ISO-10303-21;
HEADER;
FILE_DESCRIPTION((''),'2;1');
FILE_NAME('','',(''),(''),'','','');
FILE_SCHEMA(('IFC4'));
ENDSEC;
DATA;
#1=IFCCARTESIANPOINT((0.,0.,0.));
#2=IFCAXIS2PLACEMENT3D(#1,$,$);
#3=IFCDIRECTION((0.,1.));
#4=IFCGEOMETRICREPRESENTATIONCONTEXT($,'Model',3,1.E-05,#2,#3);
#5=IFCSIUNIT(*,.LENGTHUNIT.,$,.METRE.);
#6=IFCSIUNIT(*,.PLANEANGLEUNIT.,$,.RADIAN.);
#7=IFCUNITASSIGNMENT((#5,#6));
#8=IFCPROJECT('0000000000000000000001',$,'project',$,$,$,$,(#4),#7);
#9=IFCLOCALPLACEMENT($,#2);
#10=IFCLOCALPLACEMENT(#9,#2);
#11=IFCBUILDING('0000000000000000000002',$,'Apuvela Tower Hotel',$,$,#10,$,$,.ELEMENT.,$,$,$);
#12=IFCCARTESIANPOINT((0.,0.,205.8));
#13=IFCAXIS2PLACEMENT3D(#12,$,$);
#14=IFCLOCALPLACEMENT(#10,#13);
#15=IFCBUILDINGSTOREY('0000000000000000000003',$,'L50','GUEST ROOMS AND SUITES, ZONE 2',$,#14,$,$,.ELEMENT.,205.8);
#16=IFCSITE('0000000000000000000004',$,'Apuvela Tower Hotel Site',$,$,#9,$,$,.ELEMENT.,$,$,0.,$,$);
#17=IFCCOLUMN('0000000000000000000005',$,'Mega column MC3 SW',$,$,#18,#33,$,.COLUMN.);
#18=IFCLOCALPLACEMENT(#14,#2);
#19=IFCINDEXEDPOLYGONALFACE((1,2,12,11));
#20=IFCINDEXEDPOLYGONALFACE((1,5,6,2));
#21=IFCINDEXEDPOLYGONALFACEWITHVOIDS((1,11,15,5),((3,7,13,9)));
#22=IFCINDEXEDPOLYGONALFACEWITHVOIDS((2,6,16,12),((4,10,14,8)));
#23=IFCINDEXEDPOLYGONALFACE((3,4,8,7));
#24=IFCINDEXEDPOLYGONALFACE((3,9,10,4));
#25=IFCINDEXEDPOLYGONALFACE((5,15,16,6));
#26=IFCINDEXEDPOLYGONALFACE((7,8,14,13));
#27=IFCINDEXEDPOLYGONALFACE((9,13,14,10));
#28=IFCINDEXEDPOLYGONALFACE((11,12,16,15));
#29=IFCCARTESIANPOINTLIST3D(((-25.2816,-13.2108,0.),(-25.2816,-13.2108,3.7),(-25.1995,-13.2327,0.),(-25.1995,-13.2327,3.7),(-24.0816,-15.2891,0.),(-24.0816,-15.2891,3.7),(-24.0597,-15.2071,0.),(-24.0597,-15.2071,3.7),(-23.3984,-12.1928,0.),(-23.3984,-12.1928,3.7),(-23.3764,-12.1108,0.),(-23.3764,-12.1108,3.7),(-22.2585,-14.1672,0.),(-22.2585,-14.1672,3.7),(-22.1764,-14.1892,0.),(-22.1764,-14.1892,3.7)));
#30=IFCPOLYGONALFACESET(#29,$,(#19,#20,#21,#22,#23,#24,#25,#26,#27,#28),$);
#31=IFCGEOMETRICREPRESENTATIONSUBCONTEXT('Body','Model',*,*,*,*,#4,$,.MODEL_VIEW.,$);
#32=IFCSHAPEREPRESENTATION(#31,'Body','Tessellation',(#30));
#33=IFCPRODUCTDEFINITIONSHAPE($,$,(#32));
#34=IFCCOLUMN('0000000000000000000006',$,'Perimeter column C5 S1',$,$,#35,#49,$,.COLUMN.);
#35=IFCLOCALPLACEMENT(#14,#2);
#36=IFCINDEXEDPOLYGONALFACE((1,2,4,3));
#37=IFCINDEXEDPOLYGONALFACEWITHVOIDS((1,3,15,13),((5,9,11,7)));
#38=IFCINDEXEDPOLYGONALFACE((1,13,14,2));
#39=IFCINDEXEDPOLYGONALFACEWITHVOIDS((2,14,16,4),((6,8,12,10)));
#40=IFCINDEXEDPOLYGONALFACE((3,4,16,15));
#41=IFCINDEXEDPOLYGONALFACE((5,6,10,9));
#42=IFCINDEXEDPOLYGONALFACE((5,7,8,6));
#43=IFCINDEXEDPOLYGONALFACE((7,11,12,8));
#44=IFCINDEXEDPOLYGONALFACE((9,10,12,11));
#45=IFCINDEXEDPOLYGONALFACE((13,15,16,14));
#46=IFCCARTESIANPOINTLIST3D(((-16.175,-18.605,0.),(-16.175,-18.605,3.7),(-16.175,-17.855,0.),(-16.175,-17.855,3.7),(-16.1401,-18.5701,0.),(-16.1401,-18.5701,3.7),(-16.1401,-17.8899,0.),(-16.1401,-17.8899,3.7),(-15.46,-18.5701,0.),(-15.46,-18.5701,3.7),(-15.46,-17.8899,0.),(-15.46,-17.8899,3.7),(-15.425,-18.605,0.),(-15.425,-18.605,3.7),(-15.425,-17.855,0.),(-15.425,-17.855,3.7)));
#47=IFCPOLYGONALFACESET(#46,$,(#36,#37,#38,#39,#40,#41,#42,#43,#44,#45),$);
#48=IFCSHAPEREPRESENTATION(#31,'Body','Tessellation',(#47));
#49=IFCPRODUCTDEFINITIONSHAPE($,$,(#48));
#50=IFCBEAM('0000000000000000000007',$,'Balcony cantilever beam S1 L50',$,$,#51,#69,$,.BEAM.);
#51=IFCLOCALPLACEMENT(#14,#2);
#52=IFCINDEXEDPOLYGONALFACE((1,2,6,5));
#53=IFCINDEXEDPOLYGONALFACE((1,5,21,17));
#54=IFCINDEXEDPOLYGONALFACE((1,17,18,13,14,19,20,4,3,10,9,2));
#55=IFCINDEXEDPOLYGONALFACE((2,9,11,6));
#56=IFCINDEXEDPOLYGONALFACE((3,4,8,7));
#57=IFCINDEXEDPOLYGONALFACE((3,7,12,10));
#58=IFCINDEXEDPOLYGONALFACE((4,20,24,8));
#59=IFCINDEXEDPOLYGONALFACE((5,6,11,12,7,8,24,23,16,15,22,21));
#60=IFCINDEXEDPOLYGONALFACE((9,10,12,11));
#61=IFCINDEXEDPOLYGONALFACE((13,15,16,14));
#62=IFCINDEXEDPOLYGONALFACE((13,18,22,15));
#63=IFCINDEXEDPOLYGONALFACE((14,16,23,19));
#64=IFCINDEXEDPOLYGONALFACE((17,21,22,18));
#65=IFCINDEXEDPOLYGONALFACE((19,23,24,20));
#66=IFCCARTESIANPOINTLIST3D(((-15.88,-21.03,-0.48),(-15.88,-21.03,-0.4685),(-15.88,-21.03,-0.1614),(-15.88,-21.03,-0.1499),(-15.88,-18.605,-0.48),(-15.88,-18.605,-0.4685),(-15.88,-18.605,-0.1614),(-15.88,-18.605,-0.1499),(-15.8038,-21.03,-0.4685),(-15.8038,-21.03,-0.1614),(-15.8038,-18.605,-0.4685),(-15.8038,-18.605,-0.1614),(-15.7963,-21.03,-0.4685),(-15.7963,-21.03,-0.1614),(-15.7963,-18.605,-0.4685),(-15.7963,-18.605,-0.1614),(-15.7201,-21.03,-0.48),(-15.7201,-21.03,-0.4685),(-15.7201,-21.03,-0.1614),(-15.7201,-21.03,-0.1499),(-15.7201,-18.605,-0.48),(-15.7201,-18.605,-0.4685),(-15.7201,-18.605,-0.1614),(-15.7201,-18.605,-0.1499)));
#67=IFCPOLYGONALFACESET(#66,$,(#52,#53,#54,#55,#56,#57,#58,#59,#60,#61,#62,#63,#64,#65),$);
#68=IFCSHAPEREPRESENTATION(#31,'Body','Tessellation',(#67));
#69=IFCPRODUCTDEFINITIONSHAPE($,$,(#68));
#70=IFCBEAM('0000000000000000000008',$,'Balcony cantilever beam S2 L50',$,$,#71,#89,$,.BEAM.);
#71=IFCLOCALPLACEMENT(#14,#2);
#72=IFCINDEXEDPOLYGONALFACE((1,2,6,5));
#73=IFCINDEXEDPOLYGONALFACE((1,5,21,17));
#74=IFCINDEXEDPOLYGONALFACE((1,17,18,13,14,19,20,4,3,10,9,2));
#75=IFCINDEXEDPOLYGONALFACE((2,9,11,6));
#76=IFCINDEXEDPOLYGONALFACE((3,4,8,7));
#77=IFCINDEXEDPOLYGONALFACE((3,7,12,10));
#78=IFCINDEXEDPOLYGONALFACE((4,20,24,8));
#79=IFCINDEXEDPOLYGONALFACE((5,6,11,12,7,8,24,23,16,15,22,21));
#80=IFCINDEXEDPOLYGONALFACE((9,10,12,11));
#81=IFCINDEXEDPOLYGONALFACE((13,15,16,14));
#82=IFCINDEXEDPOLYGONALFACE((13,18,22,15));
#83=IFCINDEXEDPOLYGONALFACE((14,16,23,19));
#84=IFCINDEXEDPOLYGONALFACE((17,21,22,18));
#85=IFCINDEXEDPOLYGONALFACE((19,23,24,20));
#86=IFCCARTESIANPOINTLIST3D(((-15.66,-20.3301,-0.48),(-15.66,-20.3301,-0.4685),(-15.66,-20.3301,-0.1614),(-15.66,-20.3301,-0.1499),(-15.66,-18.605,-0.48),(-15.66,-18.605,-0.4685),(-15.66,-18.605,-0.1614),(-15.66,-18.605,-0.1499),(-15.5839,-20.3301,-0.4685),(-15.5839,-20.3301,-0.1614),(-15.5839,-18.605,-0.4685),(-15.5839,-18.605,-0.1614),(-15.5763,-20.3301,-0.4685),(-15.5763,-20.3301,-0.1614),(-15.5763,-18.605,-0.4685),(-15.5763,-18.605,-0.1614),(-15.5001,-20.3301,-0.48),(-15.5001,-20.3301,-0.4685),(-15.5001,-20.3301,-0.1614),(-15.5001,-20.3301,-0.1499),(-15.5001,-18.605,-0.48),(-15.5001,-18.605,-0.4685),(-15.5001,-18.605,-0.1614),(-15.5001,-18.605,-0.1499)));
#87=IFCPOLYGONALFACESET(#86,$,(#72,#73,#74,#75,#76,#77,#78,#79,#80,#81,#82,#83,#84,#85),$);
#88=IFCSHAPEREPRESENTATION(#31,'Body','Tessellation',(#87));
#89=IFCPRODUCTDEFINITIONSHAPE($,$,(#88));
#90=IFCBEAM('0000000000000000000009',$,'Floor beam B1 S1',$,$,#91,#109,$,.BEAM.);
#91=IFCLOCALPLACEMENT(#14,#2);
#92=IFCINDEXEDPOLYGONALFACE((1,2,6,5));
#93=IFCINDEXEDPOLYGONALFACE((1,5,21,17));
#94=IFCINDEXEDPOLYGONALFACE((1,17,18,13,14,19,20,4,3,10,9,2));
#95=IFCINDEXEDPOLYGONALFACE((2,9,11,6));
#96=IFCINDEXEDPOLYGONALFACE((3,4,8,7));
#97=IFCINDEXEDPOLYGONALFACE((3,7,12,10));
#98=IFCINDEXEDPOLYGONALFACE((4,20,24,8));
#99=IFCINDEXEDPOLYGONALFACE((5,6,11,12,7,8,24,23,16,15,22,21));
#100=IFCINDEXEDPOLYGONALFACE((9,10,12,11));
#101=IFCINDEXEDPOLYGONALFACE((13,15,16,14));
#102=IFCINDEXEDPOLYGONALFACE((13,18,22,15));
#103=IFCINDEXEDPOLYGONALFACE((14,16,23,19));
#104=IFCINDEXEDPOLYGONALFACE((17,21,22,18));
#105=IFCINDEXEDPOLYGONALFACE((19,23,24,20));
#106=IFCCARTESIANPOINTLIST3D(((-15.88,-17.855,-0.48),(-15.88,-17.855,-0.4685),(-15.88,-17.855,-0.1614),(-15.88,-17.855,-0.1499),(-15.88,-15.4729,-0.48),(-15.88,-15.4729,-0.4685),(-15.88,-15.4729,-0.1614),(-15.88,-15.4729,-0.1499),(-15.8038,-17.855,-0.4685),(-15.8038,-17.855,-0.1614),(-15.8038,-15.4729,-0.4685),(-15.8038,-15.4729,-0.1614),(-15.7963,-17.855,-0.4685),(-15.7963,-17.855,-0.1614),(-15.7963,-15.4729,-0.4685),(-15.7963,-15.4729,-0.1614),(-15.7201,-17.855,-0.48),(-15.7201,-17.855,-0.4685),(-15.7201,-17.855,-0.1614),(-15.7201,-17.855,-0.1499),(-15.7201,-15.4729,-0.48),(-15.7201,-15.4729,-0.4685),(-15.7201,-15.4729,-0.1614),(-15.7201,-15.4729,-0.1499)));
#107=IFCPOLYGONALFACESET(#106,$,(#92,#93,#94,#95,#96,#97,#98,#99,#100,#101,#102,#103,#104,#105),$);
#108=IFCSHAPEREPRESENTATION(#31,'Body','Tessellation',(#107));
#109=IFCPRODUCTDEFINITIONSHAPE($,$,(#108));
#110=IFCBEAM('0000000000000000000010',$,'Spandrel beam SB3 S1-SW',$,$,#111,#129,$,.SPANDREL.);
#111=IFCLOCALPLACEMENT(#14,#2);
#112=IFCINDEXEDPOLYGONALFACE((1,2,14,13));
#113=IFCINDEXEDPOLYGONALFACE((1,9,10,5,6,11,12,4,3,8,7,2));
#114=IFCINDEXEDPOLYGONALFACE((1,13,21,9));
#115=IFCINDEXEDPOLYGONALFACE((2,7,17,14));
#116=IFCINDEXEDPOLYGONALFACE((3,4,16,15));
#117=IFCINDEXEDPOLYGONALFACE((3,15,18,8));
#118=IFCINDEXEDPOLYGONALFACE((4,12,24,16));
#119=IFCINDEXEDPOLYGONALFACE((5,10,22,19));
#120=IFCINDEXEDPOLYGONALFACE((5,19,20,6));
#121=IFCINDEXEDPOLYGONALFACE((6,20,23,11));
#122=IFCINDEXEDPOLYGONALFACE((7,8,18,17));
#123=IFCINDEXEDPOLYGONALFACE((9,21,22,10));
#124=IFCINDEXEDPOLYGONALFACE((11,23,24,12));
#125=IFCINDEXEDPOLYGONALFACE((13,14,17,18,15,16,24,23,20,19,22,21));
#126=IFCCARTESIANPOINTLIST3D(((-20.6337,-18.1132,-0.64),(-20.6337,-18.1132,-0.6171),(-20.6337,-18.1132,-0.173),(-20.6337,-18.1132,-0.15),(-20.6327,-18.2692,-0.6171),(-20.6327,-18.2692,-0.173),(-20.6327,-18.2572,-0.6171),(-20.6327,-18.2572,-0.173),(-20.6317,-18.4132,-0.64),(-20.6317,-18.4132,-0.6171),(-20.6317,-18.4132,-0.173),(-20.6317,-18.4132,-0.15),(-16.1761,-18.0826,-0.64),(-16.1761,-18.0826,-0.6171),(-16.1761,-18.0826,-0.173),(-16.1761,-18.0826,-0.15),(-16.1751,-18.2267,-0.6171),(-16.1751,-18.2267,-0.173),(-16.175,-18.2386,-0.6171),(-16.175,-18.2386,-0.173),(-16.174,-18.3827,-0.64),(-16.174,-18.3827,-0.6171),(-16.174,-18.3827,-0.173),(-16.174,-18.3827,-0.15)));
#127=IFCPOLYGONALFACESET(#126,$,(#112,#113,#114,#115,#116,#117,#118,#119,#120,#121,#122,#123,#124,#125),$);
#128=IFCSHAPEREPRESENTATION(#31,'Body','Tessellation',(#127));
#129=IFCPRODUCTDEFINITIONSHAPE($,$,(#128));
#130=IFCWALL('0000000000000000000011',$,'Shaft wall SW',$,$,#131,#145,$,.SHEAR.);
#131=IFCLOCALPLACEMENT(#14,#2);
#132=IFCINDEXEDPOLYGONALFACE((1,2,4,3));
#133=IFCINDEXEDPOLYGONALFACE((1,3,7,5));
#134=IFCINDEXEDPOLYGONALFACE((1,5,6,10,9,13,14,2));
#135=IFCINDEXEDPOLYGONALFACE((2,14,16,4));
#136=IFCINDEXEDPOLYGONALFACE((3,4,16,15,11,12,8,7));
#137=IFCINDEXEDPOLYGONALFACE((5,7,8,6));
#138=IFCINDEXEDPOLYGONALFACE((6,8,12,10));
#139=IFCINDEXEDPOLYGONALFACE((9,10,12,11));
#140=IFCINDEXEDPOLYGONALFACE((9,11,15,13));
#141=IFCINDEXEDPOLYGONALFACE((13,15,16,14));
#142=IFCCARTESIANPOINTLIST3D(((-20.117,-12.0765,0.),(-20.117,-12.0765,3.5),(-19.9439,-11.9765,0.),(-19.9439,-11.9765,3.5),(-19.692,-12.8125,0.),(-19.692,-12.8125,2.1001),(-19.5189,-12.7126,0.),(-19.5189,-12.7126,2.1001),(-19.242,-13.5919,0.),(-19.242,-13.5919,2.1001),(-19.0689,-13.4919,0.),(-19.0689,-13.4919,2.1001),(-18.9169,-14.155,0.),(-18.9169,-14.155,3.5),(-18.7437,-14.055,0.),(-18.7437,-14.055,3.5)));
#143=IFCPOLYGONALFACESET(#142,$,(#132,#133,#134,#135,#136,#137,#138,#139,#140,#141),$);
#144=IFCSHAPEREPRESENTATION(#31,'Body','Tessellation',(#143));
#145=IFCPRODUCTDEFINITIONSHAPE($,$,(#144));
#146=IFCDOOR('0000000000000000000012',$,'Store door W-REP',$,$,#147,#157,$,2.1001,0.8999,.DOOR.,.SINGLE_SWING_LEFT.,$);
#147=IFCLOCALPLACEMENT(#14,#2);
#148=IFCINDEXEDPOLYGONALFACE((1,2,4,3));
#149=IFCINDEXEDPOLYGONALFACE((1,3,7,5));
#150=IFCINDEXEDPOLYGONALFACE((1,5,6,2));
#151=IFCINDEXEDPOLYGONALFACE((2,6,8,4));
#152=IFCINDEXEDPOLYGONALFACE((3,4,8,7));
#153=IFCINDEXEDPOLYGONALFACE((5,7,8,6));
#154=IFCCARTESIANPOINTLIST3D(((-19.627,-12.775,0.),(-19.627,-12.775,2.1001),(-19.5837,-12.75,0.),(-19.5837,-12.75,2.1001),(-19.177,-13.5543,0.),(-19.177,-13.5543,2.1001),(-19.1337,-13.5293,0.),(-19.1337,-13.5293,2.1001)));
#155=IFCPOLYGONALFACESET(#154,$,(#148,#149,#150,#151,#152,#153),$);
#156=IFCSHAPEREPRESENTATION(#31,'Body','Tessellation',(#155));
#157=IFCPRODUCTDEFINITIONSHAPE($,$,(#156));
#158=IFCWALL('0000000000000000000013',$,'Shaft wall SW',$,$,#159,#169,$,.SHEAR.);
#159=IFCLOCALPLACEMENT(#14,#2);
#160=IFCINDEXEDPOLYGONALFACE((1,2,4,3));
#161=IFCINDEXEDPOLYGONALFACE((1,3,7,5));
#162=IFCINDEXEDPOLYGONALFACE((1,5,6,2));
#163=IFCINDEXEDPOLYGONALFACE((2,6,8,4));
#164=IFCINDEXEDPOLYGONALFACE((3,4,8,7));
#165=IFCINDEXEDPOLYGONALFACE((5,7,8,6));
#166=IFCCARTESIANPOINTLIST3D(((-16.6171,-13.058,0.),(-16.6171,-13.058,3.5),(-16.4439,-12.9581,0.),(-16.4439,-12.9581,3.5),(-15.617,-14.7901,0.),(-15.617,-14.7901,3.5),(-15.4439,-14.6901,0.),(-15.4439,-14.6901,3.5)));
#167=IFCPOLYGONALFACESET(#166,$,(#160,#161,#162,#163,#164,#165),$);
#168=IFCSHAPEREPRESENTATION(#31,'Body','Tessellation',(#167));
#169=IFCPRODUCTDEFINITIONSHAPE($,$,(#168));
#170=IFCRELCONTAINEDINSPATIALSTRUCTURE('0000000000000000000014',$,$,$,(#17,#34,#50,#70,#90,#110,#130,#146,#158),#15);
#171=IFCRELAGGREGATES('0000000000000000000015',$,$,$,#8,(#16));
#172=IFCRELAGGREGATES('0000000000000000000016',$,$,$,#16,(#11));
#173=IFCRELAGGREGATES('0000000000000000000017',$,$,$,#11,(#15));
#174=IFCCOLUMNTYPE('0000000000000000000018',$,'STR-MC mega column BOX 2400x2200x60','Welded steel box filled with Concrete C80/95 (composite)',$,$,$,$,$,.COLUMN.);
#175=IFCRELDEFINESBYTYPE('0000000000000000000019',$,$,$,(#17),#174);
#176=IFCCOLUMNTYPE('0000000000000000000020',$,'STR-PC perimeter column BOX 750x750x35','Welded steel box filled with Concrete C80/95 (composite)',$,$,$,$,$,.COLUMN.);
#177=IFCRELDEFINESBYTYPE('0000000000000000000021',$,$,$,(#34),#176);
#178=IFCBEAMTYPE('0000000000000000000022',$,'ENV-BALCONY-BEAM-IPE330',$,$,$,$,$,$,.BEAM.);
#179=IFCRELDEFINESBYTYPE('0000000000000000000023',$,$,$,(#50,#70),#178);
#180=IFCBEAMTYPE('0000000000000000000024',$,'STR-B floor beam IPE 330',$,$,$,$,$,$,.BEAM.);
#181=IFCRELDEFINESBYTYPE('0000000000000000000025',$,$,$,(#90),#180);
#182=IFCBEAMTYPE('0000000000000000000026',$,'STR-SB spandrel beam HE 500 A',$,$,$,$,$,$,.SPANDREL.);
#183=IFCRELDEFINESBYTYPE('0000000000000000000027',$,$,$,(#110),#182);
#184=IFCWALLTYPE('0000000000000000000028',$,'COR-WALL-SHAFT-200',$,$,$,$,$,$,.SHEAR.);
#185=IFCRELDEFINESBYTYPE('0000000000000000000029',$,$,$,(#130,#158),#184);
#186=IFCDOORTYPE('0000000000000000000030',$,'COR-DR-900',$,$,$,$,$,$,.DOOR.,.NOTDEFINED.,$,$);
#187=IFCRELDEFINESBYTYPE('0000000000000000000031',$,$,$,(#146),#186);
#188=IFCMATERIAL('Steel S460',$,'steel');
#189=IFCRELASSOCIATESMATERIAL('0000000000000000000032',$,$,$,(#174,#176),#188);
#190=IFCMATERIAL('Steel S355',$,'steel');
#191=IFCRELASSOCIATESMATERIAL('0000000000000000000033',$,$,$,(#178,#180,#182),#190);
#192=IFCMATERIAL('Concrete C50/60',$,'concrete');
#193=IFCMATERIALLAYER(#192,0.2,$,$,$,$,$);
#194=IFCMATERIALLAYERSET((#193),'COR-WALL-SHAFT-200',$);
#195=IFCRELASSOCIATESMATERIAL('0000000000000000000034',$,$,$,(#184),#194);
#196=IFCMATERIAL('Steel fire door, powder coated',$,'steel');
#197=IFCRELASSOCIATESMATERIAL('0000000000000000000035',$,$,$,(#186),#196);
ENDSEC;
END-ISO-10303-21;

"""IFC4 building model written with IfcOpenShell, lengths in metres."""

from ifc_helpers import new_model, si_unit, direction, frame, frame_2d, origin, origin_2d, place, context, subcontext, project, spatial, rectangle, hollow_rectangle, i_section, extrude, material, layer, layer_set, material_profile, profile_set, type_object, element, fill, save


model = new_model("IFC4")

# Units and contexts
model_context = context("Model", 3, precision=1e-05, world=origin(), true_north=direction((0.0, 1.0)))
body_context = subcontext(model_context, "Body", "Model", "MODEL_VIEW")
ifc_project = project(units=[si_unit("LENGTHUNIT", "METRE"), si_unit("PLANEANGLEUNIT", "RADIAN")], contexts=[model_context])

# Site, building, storey
site_placement = place(None, origin())
site = spatial("IfcSite", under=ifc_project, at=site_placement, Name="Apuvela Tower Hotel Site", CompositionType="ELEMENT", RefElevation=0.0)
building_placement = place(site_placement, origin())
building = spatial("IfcBuilding", under=site, at=building_placement, Name="Apuvela Tower Hotel", CompositionType="ELEMENT")
storey_placement = place(building_placement, frame((0.0, 0.0, 205.8)))
storey = spatial("IfcBuildingStorey", under=building, at=storey_placement, Name="L50", Description="GUEST ROOMS AND SUITES, ZONE 2", CompositionType="ELEMENT", Elevation=205.8)

# Columns
ifc_material_1 = material(Name="Steel S460", Category="steel")
ifc_material_profile_1 = material_profile(ifc_material_1, hollow_rectangle(XDim=2.3999, YDim=2.2, WallThickness=0.0601, at=origin_2d()), Name="BOX 2400x2200x60")
ifc_material_2 = material(Name="Concrete C80/95", Category="concrete")
ifc_material_profile_2 = material_profile(ifc_material_2, rectangle(XDim=2.28, YDim=2.0801, at=origin_2d()), Name="Concrete C80/95 infill")
ifc_profile_set_1 = profile_set([ifc_material_profile_1, ifc_material_profile_2], Name="Steel S460")
column_type_1 = type_object("IfcColumnType", Name="STR-MC mega column BOX 2400x2200x60", Description="Welded steel box filled with Concrete C80/95 (composite)", PredefinedType="COLUMN", material=ifc_profile_set_1)
column_1_placement = place(storey_placement, frame((-23.729, -13.7, 0.0), z_axis=(0.0, 0.0, 1.0), x_axis=(-0.5, 0.866025, 0.0)))
element("IfcColumn", 1, at=column_1_placement, inside=storey, type_object=column_type_1, Name="Mega column MC3 SW", PredefinedType="COLUMN", context=body_context, shape_type="SweptSolid", body=[
    extrude(hollow_rectangle(XDim=2.3999, YDim=2.2, WallThickness=0.0601, at=origin_2d()), origin(), (0.0, 0.0, 1.0), 3.7),
])
ifc_material_profile_3 = material_profile(ifc_material_1, hollow_rectangle(XDim=0.75, YDim=0.75, WallThickness=0.0349, at=origin_2d()), Name="BOX 750x750x35")
ifc_material_profile_4 = material_profile(ifc_material_2, rectangle(XDim=0.6799, YDim=0.6799, at=origin_2d()), Name="Concrete C80/95 infill")
ifc_profile_set_2 = profile_set([ifc_material_profile_3, ifc_material_profile_4], Name="Steel S460")
column_type_2 = type_object("IfcColumnType", Name="STR-PC perimeter column BOX 750x750x35", Description="Welded steel box filled with Concrete C80/95 (composite)", PredefinedType="COLUMN", material=ifc_profile_set_2)
column_2_placement = place(storey_placement, frame((-15.8, -18.23, 0.0), z_axis=(0.0, 0.0, 1.0), x_axis=(-1.0, 0.0, 0.0)))
element("IfcColumn", 2, at=column_2_placement, inside=storey, type_object=column_type_2, Name="Perimeter column C5 S1", PredefinedType="COLUMN", context=body_context, shape_type="SweptSolid", body=[
    extrude(hollow_rectangle(XDim=0.75, YDim=0.75, WallThickness=0.0349, at=origin_2d()), origin(), (0.0, 0.0, 1.0), 3.7),
])

# Beams
ifc_material_3 = material(Name="Steel S355", Category="steel")
ifc_material_profile_5 = material_profile(ifc_material_3, i_section(OverallWidth=0.1599, OverallDepth=0.3301, WebThickness=0.0076, FlangeThickness=0.0115, at=origin_2d()), Name="IPE 330")
ifc_profile_set_3 = profile_set([ifc_material_profile_5], Name="Steel S355")
beam_type_1 = type_object("IfcBeamType", Name="ENV-BALCONY-BEAM-IPE330", PredefinedType="BEAM", material=ifc_profile_set_3)
beam_1_placement = place(storey_placement, frame((-15.8, -18.605, -0.3149), z_axis=(0.0, -1.0, 0.0), x_axis=(1.0, 0.0, 0.0)))
element("IfcBeam", 3, at=beam_1_placement, inside=storey, type_object=beam_type_1, Name="Balcony cantilever beam S1 L50", PredefinedType="BEAM", context=body_context, shape_type="SweptSolid", body=[
    extrude(i_section(OverallWidth=0.1599, OverallDepth=0.3301, WebThickness=0.0076, FlangeThickness=0.0115, at=origin_2d()), origin(), (0.0, 0.0, 1.0), 2.425),
])
beam_2_placement = place(storey_placement, frame((-15.5801, -18.605, -0.3149), z_axis=(0.0, -1.0, 0.0), x_axis=(1.0, 0.0, 0.0)))
element("IfcBeam", 4, at=beam_2_placement, inside=storey, type_object=beam_type_1, Name="Balcony cantilever beam S2 L50", PredefinedType="BEAM", context=body_context, shape_type="SweptSolid", body=[
    extrude(i_section(OverallWidth=0.1599, OverallDepth=0.3301, WebThickness=0.0076, FlangeThickness=0.0115, at=origin_2d()), origin(), (0.0, 0.0, 1.0), 1.7251),
])
ifc_material_profile_6 = material_profile(ifc_material_3, i_section(OverallWidth=0.1599, OverallDepth=0.3301, WebThickness=0.0076, FlangeThickness=0.0115, at=origin_2d()), Name="IPE 330")
ifc_profile_set_4 = profile_set([ifc_material_profile_6], Name="Steel S355")
beam_type_2 = type_object("IfcBeamType", Name="STR-B floor beam IPE 330", PredefinedType="BEAM", material=ifc_profile_set_4)
beam_3_placement = place(storey_placement, frame((-15.8, -17.855, -0.3149), z_axis=(0.0, 1.0, 0.0), x_axis=(-1.0, 0.0, 0.0)))
element("IfcBeam", 5, at=beam_3_placement, inside=storey, type_object=beam_type_2, Name="Floor beam B1 S1", PredefinedType="BEAM", context=body_context, shape_type="SweptSolid", body=[
    extrude(i_section(OverallWidth=0.1599, OverallDepth=0.3301, WebThickness=0.0076, FlangeThickness=0.0115, at=origin_2d()), origin(), (0.0, 0.0, 1.0), 2.3821),
])
ifc_material_profile_7 = material_profile(ifc_material_3, i_section(OverallWidth=0.3, OverallDepth=0.49, WebThickness=0.012, FlangeThickness=0.0229, at=origin_2d()), Name="HE 500 A")
ifc_profile_set_5 = profile_set([ifc_material_profile_7], Name="Steel S355")
beam_type_3 = type_object("IfcBeamType", Name="STR-SB spandrel beam HE 500 A", PredefinedType="SPANDREL", material=ifc_profile_set_5)
beam_4_placement = place(storey_placement, frame((-16.175, -18.2327, -0.395), z_axis=(-0.999977, -0.006846, 0.0), x_axis=(0.006846, -0.999977, 0.0)))
element("IfcBeam", 6, at=beam_4_placement, inside=storey, type_object=beam_type_3, Name="Spandrel beam SB3 S1-SW", PredefinedType="SPANDREL", context=body_context, shape_type="SweptSolid", body=[
    extrude(i_section(OverallWidth=0.3, OverallDepth=0.49, WebThickness=0.012, FlangeThickness=0.0229, at=origin_2d()), origin(), (0.0, 0.0, 1.0), 4.4578),
])

# Wall, opening, door
ifc_material_4 = material(Name="Concrete C50/60", Category="concrete")
ifc_layer_1 = layer(ifc_material_4, 0.2)
ifc_layer_set_1 = layer_set([ifc_layer_1], Name="COR-WALL-SHAFT-200")
wall_type_1 = type_object("IfcWallType", Name="COR-WALL-SHAFT-200", PredefinedType="SHEAR", material=ifc_layer_set_1)
wall_1_placement = place(storey_placement, frame((-20.0305, -12.0264, 0.0), z_axis=(0.0, 0.0, 1.0), x_axis=(0.500034, -0.866006, 0.0)))
wall_1 = element("IfcWall", 7, at=wall_1_placement, inside=storey, type_object=wall_type_1, Name="Shaft wall SW", PredefinedType="SHEAR", context=body_context, shape_type="SweptSolid", body=[
    extrude(rectangle(XDim=2.4001, YDim=0.2, at=frame_2d((1.2002, 0.0))), origin(), (0.0, 0.0, 1.0), 3.5),
])
opening_1_placement = place(wall_1_placement, frame((0.8501, 0.0, 0.0)))
opening_1 = element("IfcOpeningElement", 8, at=opening_1_placement, cuts=wall_1, PredefinedType="OPENING", context=body_context, shape_type="SweptSolid", body=[
    extrude(rectangle(XDim=0.8999, YDim=2.1001, at=frame_2d((0.45, 1.05))), frame((0.0, 0.1099, 0.0), z_axis=(0.0, -1.0, 0.0), x_axis=(1.0, 0.0, 0.0)), (0.0, 0.0, 1.0), 0.22),
])
ifc_material_5 = material(Name="Steel fire door, powder coated", Category="steel")
door_type_1 = type_object("IfcDoorType", Name="COR-DR-900", OperationType="NOTDEFINED", PredefinedType="DOOR", material=ifc_material_5)
door_1_placement = place(opening_1_placement, frame((0.8999, 0.0, 0.0), z_axis=(0.0, 0.0, 1.0), x_axis=(-1.0, 0.0, 0.0)))
door_1 = element("IfcDoor", 9, at=door_1_placement, inside=storey, type_object=door_type_1, Name="Store door W-REP", OperationType="SINGLE_SWING_LEFT", OverallHeight=2.1001, OverallWidth=0.8999, PredefinedType="DOOR", context=body_context, shape_type="SweptSolid", body=[
    extrude(rectangle(XDim=0.8999, YDim=2.1001, at=frame_2d((0.45, 1.05))), frame((0.0, 0.0249, 0.0), z_axis=(0.0, -1.0, 0.0), x_axis=(1.0, 0.0, 0.0)), (0.0, 0.0, 1.0), 0.05),
])
fill(opening_1, door_1)

# Wall
for number, where, z_axis, x_axis, name in (
    (10, (-16.5305, -13.0081, 0.0), (0.0, 0.0, 1.0), (0.500025, -0.866011, 0.0), "Shaft wall SW"),
):
    element("IfcWall", number, at=place(storey_placement, frame(where, z_axis=z_axis, x_axis=x_axis)), inside=storey, type_object=wall_type_1, Name=name, PredefinedType="SHEAR", context=body_context, shape_type="SweptSolid", body=[
        extrude(rectangle(XDim=2.0, YDim=0.2, at=frame_2d((1.0, 0.0))), origin(), (0.0, 0.0, 1.0), 3.5),
    ])

save(model, "model.ifc")
